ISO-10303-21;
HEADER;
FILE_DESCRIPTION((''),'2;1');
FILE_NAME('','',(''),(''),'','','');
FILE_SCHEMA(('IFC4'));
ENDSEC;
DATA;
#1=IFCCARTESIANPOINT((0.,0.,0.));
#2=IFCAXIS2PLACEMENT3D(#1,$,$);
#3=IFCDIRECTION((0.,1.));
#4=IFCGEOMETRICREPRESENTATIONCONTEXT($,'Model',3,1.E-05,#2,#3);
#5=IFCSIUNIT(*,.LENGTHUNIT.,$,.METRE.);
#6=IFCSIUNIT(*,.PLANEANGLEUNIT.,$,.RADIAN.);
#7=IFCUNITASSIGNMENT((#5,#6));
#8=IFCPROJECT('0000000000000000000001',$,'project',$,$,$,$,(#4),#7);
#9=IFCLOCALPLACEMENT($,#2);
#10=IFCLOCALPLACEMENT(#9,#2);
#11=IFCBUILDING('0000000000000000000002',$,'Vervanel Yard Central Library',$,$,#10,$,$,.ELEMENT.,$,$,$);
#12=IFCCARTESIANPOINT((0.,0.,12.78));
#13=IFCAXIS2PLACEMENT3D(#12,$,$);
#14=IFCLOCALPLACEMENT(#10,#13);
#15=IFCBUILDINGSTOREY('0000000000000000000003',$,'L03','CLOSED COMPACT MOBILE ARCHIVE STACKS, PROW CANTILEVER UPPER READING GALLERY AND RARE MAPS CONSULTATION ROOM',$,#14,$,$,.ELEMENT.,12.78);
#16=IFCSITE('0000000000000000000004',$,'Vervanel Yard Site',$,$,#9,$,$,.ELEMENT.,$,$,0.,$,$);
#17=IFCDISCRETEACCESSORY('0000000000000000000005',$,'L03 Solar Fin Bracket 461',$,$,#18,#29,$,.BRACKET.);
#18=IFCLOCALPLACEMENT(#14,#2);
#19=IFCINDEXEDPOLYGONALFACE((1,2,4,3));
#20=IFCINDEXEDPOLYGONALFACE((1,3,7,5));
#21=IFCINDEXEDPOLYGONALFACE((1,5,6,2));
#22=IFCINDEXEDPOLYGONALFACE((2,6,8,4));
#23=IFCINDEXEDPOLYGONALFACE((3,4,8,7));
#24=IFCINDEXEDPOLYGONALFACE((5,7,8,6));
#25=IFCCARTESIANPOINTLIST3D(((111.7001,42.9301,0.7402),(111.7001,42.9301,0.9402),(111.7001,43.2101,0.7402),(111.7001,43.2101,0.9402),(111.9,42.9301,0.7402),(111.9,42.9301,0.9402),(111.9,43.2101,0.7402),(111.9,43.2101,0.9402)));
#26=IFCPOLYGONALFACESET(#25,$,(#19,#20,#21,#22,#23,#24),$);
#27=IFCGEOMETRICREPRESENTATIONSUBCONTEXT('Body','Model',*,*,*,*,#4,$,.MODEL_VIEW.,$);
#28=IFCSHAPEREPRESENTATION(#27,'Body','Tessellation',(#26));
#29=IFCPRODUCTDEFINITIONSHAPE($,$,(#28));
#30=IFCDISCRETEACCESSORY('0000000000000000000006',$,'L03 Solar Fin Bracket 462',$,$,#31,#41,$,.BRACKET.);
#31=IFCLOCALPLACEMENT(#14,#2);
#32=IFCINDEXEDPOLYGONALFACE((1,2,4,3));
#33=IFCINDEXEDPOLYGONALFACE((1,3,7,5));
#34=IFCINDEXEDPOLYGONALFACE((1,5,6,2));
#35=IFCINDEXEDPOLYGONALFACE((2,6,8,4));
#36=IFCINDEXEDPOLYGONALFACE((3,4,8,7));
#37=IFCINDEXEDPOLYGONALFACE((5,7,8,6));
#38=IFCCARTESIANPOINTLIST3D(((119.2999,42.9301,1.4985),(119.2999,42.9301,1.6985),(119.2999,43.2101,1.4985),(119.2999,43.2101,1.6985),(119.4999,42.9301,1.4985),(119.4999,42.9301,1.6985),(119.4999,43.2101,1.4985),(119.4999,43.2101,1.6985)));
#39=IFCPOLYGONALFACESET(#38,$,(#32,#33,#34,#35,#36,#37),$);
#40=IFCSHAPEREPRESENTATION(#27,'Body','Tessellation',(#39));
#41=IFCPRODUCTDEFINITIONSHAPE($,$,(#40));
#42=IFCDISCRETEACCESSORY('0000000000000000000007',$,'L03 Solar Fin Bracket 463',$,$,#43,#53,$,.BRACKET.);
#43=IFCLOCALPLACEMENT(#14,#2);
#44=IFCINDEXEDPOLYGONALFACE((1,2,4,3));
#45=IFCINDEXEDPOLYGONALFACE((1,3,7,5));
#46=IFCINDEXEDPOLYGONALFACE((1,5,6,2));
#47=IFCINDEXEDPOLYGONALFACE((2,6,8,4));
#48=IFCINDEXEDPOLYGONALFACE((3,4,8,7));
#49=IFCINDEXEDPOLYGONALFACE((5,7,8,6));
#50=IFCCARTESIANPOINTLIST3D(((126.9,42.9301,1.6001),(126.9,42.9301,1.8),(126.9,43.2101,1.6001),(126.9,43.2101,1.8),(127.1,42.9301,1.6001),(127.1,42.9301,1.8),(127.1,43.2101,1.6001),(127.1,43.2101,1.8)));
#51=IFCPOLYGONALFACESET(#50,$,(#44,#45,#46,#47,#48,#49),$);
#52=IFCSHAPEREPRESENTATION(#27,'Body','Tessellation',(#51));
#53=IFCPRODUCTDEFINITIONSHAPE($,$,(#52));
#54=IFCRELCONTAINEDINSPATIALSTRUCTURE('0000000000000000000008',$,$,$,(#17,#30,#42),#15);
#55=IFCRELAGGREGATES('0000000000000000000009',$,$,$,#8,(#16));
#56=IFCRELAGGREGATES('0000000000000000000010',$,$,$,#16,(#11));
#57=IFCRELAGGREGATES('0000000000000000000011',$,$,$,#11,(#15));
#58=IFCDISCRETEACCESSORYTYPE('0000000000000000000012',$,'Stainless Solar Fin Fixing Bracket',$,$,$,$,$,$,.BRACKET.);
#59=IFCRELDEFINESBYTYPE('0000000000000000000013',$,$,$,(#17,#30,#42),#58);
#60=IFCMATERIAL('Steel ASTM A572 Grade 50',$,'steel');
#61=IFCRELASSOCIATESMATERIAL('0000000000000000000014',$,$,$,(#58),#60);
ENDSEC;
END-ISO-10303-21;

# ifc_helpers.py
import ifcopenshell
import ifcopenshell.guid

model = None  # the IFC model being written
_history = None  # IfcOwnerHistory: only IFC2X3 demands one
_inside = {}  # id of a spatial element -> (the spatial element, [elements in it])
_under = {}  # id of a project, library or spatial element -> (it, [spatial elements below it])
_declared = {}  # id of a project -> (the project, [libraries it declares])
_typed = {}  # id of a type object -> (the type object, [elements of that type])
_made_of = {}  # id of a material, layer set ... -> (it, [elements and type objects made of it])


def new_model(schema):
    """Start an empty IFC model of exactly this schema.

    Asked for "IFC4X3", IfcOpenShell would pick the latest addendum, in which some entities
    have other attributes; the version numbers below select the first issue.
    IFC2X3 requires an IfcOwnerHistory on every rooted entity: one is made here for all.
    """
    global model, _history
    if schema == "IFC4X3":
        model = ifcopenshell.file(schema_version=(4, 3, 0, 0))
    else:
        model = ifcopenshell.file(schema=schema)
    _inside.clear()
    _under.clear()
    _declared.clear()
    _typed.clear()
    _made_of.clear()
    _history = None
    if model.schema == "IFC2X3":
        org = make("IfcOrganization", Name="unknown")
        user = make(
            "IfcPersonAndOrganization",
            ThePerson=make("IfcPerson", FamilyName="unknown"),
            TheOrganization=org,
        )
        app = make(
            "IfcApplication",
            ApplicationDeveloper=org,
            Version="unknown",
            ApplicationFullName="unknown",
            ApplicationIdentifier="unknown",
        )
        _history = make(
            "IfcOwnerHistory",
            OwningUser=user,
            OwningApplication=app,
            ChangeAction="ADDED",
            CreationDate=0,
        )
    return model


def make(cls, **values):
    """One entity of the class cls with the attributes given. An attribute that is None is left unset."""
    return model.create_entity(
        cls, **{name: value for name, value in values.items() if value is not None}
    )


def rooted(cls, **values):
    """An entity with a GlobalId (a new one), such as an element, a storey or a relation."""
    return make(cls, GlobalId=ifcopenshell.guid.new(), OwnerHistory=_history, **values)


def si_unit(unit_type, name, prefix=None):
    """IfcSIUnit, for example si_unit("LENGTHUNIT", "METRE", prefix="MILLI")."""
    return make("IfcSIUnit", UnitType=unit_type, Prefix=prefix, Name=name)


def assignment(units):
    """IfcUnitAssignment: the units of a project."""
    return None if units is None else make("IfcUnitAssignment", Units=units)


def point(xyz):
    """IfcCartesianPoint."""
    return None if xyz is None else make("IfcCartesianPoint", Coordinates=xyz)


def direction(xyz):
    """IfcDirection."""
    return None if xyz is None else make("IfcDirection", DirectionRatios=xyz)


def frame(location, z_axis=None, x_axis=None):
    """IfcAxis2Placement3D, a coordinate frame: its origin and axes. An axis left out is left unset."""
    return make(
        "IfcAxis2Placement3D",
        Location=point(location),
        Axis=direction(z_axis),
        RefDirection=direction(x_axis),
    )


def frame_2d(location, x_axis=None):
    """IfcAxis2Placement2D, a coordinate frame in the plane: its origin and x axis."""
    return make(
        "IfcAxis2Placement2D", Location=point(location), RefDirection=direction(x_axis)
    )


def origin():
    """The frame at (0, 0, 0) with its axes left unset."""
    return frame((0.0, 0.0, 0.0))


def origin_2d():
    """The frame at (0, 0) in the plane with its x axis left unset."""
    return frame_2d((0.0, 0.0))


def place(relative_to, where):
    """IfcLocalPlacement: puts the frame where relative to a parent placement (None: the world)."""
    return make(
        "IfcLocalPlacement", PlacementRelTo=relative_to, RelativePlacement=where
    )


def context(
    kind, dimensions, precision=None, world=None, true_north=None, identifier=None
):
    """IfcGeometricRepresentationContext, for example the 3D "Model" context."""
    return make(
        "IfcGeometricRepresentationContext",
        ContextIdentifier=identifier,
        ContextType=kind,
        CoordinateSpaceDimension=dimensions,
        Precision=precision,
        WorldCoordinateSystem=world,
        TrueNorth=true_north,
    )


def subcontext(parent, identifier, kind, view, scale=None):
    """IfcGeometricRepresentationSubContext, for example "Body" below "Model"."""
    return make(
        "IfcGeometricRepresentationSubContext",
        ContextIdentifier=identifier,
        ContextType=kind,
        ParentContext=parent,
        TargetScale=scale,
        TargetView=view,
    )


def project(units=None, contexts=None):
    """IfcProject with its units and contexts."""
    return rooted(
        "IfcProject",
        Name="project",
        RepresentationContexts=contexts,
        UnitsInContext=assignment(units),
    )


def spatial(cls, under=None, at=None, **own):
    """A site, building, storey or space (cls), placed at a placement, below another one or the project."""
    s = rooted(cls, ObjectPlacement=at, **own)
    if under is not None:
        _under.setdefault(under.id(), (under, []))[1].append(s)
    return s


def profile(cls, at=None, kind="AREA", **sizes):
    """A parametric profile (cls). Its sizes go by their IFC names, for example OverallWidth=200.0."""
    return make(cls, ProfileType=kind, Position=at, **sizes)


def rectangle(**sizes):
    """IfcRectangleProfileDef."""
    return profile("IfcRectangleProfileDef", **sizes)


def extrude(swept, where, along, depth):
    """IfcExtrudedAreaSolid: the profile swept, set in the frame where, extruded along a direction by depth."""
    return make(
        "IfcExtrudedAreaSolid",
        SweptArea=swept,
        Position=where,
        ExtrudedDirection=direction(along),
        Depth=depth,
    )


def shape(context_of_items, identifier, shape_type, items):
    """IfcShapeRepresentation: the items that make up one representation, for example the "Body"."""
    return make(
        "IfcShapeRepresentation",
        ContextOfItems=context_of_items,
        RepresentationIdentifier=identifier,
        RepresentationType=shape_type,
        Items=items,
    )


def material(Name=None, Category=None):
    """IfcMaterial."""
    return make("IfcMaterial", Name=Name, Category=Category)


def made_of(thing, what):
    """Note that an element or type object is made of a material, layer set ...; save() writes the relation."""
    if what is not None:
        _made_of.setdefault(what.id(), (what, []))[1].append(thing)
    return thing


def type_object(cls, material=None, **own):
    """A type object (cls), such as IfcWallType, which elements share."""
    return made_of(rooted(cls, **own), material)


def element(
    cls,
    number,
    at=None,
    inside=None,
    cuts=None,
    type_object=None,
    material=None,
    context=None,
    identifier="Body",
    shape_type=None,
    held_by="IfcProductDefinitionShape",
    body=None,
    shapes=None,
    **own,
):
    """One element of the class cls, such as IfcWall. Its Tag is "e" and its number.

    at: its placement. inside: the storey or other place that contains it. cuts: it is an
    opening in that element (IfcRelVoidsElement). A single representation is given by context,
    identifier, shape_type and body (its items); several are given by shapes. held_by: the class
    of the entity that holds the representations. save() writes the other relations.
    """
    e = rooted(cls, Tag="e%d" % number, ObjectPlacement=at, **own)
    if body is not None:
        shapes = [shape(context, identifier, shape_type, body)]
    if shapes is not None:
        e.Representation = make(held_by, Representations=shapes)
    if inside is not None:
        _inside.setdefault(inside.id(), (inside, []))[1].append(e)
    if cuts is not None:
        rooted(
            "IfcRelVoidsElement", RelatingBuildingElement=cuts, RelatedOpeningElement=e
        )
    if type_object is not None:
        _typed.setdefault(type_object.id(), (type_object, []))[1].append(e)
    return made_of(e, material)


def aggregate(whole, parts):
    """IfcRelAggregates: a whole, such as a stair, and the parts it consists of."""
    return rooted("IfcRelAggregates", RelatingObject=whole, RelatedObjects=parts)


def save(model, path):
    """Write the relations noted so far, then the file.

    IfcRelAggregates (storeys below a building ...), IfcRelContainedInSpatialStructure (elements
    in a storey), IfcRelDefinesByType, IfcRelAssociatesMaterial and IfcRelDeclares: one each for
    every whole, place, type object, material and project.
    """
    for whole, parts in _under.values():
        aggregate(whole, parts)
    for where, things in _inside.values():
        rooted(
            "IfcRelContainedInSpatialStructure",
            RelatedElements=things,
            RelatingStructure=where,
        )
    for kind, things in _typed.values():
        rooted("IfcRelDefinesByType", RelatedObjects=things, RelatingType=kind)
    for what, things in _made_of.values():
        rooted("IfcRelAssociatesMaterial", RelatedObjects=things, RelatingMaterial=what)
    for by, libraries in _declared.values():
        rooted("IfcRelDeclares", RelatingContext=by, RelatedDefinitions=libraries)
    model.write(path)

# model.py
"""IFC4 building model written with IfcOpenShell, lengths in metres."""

from ifc_helpers import new_model, si_unit, direction, frame, origin, origin_2d, place, context, subcontext, project, spatial, rectangle, extrude, material, type_object, element, save


model = new_model("IFC4")

# Units and contexts
model_context = context("Model", 3, precision=1e-05, world=origin(), true_north=direction((0.0, 1.0)))
body_context = subcontext(model_context, "Body", "Model", "MODEL_VIEW")
ifc_project = project(units=[si_unit("LENGTHUNIT", "METRE"), si_unit("PLANEANGLEUNIT", "RADIAN")], contexts=[model_context])

# Site, building, storey
site_placement = place(None, origin())
site = spatial("IfcSite", under=ifc_project, at=site_placement, Name="Vervanel Yard Site", CompositionType="ELEMENT", RefElevation=0.0)
building_placement = place(site_placement, origin())
building = spatial("IfcBuilding", under=site, at=building_placement, Name="Vervanel Yard Central Library", CompositionType="ELEMENT")
storey_placement = place(building_placement, frame((0.0, 0.0, 12.78)))
storey = spatial("IfcBuildingStorey", under=building, at=storey_placement, Name="L03", Description="CLOSED COMPACT MOBILE ARCHIVE STACKS, PROW CANTILEVER UPPER READING GALLERY AND RARE MAPS CONSULTATION ROOM", CompositionType="ELEMENT", Elevation=12.78)

# Discrete accessories
ifc_material_1 = material(Name="Steel ASTM A572 Grade 50", Category="steel")
discrete_accessory_type = type_object("IfcDiscreteAccessoryType", Name="Stainless Solar Fin Fixing Bracket", PredefinedType="BRACKET", material=ifc_material_1)
for number, where, z_axis, x_axis, name in (
    (1, (111.8, 43.0701, 0.7402), (0.0, 0.0, 1.0), (1.0, 0.0, 0.0), "L03 Solar Fin Bracket 461"),
    (2, (119.3999, 43.0701, 1.4985), (0.0, 0.0, 1.0), (1.0, 0.0, 0.0), "L03 Solar Fin Bracket 462"),
    (3, (127.0, 43.0701, 1.6001), (0.0, 0.0, 1.0), (1.0, 0.0, 0.0), "L03 Solar Fin Bracket 463"),
):
    element("IfcDiscreteAccessory", number, at=place(storey_placement, frame(where, z_axis=z_axis, x_axis=x_axis)), inside=storey, type_object=discrete_accessory_type, Name=name, PredefinedType="BRACKET", context=body_context, shape_type="SweptSolid", body=[
        extrude(rectangle(XDim=0.2, YDim=0.28, at=origin_2d()), origin(), (0.0, 0.0, 1.0), 0.2),
    ])

save(model, "model.ifc")
